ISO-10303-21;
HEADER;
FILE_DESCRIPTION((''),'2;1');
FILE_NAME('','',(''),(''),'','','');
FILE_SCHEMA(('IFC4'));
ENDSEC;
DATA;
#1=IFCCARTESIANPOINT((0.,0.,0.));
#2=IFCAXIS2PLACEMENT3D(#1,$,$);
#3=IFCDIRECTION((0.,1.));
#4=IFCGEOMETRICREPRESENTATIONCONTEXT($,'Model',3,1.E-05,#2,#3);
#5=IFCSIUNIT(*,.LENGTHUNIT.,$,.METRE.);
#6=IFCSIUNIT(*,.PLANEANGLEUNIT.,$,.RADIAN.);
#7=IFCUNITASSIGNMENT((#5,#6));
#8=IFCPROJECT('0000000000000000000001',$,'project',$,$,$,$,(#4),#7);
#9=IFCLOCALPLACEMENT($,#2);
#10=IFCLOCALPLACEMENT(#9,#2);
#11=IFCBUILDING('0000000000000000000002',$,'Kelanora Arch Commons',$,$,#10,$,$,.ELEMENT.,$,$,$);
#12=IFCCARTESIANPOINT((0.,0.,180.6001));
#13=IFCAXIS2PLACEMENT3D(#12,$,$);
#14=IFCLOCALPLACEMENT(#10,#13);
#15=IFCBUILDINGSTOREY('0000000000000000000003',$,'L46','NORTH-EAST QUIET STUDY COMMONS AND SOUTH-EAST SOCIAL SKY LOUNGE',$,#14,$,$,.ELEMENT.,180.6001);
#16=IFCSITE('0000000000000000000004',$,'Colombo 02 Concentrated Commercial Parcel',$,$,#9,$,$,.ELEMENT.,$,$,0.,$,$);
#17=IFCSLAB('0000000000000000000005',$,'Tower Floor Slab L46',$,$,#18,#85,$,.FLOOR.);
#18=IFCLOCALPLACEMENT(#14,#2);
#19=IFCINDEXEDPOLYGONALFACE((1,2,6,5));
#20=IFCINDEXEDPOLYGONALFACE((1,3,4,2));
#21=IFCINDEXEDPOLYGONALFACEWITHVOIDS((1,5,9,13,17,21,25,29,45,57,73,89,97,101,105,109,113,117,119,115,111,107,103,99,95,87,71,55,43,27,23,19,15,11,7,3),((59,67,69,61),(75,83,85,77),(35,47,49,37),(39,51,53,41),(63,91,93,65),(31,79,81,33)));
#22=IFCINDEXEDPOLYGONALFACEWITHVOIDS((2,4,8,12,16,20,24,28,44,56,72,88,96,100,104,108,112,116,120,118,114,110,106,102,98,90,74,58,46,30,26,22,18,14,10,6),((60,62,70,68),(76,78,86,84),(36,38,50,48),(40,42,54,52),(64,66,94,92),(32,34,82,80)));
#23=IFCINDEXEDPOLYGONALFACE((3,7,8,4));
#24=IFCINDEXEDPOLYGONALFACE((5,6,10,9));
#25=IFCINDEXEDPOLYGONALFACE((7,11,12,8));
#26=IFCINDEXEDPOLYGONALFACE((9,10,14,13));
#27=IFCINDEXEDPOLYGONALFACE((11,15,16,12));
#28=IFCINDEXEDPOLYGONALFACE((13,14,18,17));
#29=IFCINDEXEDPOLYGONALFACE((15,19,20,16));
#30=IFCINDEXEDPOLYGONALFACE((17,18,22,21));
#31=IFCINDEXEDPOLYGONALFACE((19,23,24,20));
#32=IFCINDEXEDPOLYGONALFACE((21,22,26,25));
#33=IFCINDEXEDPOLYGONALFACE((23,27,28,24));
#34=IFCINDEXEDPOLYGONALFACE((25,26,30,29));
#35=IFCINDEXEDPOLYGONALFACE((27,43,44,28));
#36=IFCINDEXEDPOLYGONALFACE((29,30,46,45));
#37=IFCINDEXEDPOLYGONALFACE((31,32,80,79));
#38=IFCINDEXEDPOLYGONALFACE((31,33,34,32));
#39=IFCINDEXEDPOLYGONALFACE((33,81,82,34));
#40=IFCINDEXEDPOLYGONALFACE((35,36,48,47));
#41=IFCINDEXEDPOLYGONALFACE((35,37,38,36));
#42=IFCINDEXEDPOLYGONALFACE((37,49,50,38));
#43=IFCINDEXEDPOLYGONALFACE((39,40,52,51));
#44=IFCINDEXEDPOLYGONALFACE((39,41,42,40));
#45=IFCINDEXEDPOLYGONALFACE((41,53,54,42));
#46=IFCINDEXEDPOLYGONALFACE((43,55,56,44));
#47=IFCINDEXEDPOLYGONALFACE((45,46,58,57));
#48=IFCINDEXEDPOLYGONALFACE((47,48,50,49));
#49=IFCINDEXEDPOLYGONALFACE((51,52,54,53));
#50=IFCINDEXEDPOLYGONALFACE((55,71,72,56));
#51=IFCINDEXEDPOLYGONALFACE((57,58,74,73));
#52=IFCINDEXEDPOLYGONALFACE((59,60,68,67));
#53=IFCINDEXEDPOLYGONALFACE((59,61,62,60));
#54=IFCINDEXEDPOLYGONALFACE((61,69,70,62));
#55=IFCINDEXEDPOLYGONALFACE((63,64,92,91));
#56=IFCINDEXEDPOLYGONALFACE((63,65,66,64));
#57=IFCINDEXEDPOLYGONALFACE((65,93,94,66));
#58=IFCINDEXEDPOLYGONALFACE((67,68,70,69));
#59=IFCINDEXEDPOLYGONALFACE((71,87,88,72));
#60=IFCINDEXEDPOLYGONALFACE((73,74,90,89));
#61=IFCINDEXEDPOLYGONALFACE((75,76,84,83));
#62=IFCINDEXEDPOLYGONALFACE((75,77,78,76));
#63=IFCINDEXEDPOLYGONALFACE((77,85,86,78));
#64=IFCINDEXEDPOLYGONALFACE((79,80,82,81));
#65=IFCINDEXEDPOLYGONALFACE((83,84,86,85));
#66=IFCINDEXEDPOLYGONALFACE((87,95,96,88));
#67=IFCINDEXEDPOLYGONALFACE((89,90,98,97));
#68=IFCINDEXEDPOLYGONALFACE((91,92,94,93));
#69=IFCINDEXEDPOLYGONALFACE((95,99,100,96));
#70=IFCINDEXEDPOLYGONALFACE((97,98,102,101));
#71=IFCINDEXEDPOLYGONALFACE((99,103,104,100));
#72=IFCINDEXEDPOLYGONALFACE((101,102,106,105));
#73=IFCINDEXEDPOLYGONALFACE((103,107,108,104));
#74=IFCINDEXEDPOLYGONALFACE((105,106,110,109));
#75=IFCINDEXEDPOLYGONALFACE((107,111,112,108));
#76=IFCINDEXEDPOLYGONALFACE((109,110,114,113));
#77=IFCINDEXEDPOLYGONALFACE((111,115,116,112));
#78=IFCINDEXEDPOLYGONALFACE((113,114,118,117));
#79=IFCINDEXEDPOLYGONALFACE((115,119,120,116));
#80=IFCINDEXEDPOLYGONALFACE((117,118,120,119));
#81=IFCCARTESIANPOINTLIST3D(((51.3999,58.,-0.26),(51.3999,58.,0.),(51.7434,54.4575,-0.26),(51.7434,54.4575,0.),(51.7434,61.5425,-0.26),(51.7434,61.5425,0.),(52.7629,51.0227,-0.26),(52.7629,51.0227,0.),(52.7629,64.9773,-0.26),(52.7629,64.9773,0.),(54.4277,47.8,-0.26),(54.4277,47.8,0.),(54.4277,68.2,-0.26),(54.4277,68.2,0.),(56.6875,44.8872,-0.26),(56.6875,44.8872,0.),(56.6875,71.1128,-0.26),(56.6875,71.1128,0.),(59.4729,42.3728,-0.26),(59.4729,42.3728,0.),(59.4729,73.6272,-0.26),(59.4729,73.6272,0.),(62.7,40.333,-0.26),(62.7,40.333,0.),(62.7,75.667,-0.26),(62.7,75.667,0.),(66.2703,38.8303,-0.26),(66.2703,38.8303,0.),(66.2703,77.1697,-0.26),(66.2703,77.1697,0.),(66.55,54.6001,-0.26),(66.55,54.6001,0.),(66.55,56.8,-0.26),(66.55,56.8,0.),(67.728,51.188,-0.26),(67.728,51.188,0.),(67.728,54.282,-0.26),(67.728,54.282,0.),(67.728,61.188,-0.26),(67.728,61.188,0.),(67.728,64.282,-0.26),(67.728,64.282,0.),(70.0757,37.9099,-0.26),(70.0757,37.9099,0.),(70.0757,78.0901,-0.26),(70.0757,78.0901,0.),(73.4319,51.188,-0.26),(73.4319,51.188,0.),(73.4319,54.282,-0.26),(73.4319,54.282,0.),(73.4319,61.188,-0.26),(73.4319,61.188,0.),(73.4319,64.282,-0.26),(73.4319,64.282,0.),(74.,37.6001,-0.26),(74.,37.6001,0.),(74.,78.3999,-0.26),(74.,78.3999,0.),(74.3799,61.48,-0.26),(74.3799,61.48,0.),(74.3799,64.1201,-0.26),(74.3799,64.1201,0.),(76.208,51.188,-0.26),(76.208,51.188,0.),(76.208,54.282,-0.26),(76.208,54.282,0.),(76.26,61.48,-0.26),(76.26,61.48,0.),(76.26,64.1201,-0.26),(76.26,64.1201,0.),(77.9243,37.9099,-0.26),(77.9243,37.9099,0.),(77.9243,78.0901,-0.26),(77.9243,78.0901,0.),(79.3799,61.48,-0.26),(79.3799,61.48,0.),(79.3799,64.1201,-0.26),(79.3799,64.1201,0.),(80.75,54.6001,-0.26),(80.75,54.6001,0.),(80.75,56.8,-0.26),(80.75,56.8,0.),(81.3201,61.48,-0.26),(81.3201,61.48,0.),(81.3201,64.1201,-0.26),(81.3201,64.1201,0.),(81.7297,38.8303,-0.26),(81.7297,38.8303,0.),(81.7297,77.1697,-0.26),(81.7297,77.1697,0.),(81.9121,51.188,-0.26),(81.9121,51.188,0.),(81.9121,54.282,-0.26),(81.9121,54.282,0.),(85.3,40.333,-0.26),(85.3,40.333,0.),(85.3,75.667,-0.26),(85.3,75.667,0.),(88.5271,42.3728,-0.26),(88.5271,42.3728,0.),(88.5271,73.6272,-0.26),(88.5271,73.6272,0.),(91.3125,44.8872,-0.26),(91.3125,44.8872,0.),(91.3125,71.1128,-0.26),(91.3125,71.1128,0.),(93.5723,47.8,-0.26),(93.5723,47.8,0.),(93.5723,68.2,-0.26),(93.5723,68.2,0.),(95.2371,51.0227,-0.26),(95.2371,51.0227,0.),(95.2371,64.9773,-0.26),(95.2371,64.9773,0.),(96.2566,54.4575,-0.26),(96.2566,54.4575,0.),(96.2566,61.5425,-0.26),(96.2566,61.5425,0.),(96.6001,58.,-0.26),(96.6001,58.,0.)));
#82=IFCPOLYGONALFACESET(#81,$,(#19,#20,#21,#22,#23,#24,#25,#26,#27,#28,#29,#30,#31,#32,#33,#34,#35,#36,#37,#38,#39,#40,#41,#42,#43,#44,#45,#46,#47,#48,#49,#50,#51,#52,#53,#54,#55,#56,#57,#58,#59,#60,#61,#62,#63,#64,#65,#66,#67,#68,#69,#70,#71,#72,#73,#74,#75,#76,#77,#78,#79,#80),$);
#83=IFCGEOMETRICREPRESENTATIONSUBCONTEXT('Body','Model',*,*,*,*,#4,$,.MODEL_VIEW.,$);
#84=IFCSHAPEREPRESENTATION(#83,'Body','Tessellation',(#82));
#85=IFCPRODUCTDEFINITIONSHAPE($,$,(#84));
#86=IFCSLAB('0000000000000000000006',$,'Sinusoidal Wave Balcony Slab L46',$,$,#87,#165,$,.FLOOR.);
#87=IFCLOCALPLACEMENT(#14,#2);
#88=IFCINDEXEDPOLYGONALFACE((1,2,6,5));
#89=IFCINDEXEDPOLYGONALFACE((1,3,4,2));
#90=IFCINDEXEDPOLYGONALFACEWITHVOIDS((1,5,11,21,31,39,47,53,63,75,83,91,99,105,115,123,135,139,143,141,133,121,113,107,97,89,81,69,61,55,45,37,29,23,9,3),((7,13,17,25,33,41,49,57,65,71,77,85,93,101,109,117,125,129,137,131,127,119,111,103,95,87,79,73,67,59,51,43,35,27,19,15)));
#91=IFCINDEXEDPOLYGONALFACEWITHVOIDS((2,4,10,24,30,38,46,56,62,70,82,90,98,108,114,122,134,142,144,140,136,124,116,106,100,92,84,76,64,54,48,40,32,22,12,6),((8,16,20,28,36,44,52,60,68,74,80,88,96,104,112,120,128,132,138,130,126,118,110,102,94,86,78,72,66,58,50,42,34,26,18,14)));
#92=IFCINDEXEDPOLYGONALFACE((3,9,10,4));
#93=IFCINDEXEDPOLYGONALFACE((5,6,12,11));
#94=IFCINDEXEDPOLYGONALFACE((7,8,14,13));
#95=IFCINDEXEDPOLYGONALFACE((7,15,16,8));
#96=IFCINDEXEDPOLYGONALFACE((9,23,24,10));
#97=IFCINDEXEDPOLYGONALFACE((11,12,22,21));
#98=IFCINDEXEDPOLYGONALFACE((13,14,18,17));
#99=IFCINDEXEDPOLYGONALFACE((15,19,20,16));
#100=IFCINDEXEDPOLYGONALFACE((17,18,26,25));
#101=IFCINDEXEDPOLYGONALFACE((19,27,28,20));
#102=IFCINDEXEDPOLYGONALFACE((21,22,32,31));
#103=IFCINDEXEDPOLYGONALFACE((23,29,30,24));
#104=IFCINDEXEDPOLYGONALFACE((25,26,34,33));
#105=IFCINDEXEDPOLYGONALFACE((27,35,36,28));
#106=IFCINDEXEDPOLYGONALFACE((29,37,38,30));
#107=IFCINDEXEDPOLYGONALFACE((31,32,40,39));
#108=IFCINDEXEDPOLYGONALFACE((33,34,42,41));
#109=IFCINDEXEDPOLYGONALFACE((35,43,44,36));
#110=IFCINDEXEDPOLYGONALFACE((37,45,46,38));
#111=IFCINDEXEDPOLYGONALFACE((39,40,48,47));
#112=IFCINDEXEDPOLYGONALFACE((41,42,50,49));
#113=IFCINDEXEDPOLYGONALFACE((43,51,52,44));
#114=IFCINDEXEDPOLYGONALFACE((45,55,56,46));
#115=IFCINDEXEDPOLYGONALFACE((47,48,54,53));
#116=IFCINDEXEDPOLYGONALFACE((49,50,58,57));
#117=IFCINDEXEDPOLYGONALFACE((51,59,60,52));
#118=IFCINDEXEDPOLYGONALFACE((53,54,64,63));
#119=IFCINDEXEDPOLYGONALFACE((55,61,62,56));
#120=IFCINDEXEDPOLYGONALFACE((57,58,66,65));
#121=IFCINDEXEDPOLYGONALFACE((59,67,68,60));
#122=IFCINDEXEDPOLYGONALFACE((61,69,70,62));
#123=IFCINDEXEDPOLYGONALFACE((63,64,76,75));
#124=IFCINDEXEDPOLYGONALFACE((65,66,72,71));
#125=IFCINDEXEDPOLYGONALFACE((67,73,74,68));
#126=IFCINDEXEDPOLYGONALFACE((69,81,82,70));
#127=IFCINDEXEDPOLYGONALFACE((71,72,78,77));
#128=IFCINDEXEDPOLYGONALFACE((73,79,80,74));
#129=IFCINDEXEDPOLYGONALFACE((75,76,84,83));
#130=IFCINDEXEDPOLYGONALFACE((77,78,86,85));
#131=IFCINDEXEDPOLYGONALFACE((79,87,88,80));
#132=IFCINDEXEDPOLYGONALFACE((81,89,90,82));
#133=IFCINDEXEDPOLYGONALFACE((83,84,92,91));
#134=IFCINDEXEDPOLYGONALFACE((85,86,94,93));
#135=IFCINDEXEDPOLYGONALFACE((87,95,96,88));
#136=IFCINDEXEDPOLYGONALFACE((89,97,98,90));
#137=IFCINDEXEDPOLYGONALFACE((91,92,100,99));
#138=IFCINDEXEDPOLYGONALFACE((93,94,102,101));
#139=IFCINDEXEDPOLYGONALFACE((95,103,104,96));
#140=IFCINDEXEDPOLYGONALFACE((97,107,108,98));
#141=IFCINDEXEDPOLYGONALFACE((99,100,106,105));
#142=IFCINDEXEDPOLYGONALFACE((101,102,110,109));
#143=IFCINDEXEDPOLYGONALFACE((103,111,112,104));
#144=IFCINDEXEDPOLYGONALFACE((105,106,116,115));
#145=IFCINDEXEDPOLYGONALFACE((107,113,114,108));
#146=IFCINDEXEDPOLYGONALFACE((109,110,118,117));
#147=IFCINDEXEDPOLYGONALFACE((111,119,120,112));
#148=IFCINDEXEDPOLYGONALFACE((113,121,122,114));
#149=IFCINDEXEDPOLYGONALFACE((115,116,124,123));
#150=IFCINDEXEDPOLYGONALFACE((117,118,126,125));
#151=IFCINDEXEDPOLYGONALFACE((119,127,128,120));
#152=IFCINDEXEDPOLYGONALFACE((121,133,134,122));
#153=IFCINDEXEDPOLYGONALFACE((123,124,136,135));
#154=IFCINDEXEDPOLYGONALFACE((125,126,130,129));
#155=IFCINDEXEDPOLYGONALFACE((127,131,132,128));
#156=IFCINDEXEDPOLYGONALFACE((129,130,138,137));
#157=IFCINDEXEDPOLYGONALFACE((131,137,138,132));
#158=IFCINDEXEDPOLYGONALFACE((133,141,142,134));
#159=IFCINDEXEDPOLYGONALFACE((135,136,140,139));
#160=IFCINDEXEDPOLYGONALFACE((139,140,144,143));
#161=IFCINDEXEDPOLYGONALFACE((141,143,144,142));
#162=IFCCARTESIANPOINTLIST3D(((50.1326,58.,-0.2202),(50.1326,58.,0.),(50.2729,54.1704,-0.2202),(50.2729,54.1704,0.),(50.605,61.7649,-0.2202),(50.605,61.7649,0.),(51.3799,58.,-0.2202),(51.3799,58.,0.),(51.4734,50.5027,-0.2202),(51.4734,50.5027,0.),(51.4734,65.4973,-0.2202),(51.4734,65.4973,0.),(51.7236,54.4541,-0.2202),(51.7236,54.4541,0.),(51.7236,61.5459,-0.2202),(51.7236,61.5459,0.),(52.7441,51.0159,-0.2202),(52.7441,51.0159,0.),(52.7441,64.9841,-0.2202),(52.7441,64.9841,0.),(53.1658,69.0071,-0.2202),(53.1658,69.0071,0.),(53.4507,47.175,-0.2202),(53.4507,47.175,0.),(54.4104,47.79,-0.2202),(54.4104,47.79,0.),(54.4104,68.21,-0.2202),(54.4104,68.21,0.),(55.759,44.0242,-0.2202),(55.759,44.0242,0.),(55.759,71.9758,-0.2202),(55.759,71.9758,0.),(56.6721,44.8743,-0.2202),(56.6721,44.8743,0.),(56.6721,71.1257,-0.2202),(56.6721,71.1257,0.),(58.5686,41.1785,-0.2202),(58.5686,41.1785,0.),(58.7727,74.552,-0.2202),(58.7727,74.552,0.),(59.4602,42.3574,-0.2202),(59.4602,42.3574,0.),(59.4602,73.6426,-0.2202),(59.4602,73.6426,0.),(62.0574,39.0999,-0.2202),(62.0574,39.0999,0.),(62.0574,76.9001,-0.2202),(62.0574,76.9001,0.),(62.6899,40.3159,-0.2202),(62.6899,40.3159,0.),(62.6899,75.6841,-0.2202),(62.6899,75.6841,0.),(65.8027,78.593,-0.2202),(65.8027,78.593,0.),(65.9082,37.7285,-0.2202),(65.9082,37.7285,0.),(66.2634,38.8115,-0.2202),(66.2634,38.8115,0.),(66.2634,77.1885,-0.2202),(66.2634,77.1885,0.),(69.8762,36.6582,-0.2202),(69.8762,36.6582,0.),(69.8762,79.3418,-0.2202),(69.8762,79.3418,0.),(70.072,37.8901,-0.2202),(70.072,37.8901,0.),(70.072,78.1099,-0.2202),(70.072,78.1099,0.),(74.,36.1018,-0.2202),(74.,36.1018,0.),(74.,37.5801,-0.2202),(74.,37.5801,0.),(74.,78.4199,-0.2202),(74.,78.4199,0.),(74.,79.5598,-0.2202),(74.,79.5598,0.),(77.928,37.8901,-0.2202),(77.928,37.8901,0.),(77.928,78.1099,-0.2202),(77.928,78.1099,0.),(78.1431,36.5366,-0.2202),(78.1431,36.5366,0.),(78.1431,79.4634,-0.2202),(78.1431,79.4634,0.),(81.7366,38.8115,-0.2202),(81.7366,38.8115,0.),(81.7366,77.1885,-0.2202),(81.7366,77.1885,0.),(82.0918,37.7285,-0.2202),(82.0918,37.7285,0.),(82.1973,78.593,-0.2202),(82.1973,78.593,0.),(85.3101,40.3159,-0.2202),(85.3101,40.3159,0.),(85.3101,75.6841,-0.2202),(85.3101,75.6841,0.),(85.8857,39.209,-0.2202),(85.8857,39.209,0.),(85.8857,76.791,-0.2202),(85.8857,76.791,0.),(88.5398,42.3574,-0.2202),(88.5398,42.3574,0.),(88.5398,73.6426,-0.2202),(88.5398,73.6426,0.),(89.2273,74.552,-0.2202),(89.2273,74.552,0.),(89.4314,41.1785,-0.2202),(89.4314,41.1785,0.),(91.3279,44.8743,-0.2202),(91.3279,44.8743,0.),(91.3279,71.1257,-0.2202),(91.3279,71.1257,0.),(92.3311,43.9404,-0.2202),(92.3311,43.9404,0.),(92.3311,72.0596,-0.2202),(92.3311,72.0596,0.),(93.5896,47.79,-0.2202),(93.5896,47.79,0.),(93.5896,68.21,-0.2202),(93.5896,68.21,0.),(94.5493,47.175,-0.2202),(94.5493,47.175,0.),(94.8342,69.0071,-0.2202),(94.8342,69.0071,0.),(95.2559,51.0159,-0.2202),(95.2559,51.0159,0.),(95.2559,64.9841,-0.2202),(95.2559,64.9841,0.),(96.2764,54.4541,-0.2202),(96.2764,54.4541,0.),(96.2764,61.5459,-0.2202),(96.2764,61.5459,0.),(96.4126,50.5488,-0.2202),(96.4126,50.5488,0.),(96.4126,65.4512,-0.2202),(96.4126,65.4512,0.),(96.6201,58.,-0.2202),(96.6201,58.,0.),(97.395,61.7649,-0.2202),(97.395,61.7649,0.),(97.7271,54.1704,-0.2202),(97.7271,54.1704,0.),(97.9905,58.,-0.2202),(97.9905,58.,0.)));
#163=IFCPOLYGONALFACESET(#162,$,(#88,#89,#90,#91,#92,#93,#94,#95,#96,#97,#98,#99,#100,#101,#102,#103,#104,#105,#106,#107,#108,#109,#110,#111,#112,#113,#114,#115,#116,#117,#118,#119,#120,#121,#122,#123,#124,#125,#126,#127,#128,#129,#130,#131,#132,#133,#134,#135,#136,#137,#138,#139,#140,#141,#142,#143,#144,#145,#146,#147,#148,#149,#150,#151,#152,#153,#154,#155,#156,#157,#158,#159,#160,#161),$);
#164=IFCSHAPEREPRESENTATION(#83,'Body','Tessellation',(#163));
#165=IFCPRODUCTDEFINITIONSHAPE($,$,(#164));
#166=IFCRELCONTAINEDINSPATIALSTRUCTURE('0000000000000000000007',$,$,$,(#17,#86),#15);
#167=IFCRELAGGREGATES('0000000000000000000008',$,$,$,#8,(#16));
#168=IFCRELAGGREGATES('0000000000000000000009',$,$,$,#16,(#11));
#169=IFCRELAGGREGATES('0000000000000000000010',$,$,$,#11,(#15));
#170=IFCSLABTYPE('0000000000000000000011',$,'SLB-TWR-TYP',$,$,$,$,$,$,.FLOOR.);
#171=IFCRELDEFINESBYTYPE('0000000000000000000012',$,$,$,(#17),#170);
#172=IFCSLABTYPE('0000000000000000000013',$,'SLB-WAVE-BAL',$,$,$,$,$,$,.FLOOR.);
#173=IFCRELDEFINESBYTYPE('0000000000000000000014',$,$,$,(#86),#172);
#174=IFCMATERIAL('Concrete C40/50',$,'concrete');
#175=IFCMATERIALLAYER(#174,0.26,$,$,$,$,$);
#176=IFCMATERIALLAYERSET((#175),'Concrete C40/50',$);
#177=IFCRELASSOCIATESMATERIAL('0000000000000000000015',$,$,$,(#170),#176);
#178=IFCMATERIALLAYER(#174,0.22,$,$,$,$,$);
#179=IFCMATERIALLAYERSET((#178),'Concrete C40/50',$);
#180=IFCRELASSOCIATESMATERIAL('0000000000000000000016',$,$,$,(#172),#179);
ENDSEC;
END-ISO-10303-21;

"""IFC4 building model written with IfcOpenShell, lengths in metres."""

from ifc_helpers import new_model, si_unit, direction, frame, origin, place, context, subcontext, project, spatial, polyline, outline, extrude, material, layer, layer_set, type_object, element, save


model = new_model("IFC4")

# Units and contexts
model_context = context("Model", 3, precision=1e-05, world=origin(), true_north=direction((0.0, 1.0)))
body_context = subcontext(model_context, "Body", "Model", "MODEL_VIEW")
ifc_project = project(units=[si_unit("LENGTHUNIT", "METRE"), si_unit("PLANEANGLEUNIT", "RADIAN")], contexts=[model_context])

# Site, building, storey
site_placement = place(None, origin())
site = spatial("IfcSite", under=ifc_project, at=site_placement, Name="Colombo 02 Concentrated Commercial Parcel", CompositionType="ELEMENT", RefElevation=0.0)
building_placement = place(site_placement, origin())
building = spatial("IfcBuilding", under=site, at=building_placement, Name="Kelanora Arch Commons", CompositionType="ELEMENT")
storey_placement = place(building_placement, frame((0.0, 0.0, 180.6001)))
storey = spatial("IfcBuildingStorey", under=building, at=storey_placement, Name="L46", Description="NORTH-EAST QUIET STUDY COMMONS AND SOUTH-EAST SOCIAL SKY LOUNGE", CompositionType="ELEMENT", Elevation=180.6001)

# Shared definitions
ifc_material_1 = material(Name="Concrete C40/50", Category="concrete")

# Slabs
ifc_layer_1 = layer(ifc_material_1, 0.26)
ifc_layer_set_1 = layer_set([ifc_layer_1], Name="Concrete C40/50")
slab_type_1 = type_object("IfcSlabType", Name="SLB-TWR-TYP", PredefinedType="FLOOR", material=ifc_layer_set_1)
slab_1_placement = place(storey_placement, frame((0.0, 0.0, -0.26)))
element("IfcSlab", 1, at=slab_1_placement, inside=storey, type_object=slab_type_1, Name="Tower Floor Slab L46", PredefinedType="FLOOR", context=body_context, shape_type="SweptSolid", body=[
    extrude(outline(polyline([(96.6001, 58.0), (96.2566, 61.5425), (95.2371, 64.9773), (93.5723, 68.2), (91.3125, 71.1128), (88.5271, 73.6272), (85.3, 75.667), (81.7297, 77.1697), (77.9243, 78.0901), (74.0, 78.3999), (70.0757, 78.0901), (66.2703, 77.1697), (62.7, 75.667), (59.4729, 73.6272), (56.6875, 71.1128), (54.4277, 68.2), (52.7629, 64.9773), (51.7434, 61.5425), (51.3999, 58.0), (51.7434, 54.4575), (52.7629, 51.0227), (54.4277, 47.8), (56.6875, 44.8872), (59.4729, 42.3728), (62.7, 40.333), (66.2703, 38.8303), (70.0757, 37.9099), (74.0, 37.6001), (77.9243, 37.9099), (81.7297, 38.8303), (85.3, 40.333), (88.5271, 42.3728), (91.3125, 44.8872), (93.5723, 47.8), (95.2371, 51.0227), (96.2566, 54.4575), (96.6001, 58.0)]), holes=[polyline([(73.4319, 51.188), (67.728, 51.188), (67.728, 54.282), (73.4319, 54.282), (73.4319, 51.188)]), polyline([(76.208, 51.188), (76.208, 54.282), (81.9121, 54.282), (81.9121, 51.188), (76.208, 51.188)]), polyline([(66.55, 54.6001), (66.55, 56.8), (80.75, 56.8), (80.75, 54.6001), (66.55, 54.6001)]), polyline([(73.4319, 61.188), (67.728, 61.188), (67.728, 64.282), (73.4319, 64.282), (73.4319, 61.188)]), polyline([(74.3799, 61.48), (74.3799, 64.1201), (76.26, 64.1201), (76.26, 61.48), (74.3799, 61.48)]), polyline([(79.3799, 61.48), (79.3799, 64.1201), (81.3201, 64.1201), (81.3201, 61.48), (79.3799, 61.48)])]), origin(), (0.0, 0.0, 1.0), 0.26),
])
ifc_layer_2 = layer(ifc_material_1, 0.22)
ifc_layer_set_2 = layer_set([ifc_layer_2], Name="Concrete C40/50")
slab_type_2 = type_object("IfcSlabType", Name="SLB-WAVE-BAL", PredefinedType="FLOOR", material=ifc_layer_set_2)
slab_2_placement = place(storey_placement, frame((0.0, 0.0, -0.2202)))
element("IfcSlab", 2, at=slab_2_placement, inside=storey, type_object=slab_type_2, Name="Sinusoidal Wave Balcony Slab L46", PredefinedType="FLOOR", context=body_context, shape_type="SweptSolid", body=[
    extrude(outline(polyline([(97.9905, 58.0), (97.395, 61.7649), (96.4126, 65.4512), (94.8342, 69.0071), (92.3311, 72.0596), (89.2273, 74.552), (85.8857, 76.791), (82.1973, 78.593), (78.1431, 79.4634), (74.0, 79.5598), (69.8762, 79.3418), (65.8027, 78.593), (62.0574, 76.9001), (58.7727, 74.552), (55.759, 71.9758), (53.1658, 69.0071), (51.4734, 65.4973), (50.605, 61.7649), (50.1326, 58.0), (50.2729, 54.1704), (51.4734, 50.5027), (53.4507, 47.175), (55.759, 44.0242), (58.5686, 41.1785), (62.0574, 39.0999), (65.9082, 37.7285), (69.8762, 36.6582), (74.0, 36.1018), (78.1431, 36.5366), (82.0918, 37.7285), (85.8857, 39.209), (89.4314, 41.1785), (92.3311, 43.9404), (94.5493, 47.175), (96.4126, 50.5488), (97.7271, 54.1704), (97.9905, 58.0)]), holes=[polyline([(96.2764, 54.4541), (95.2559, 51.0159), (93.5896, 47.79), (91.3279, 44.8743), (88.5398, 42.3574), (85.3101, 40.3159), (81.7366, 38.8115), (77.928, 37.8901), (74.0, 37.5801), (70.072, 37.8901), (66.2634, 38.8115), (62.6899, 40.3159), (59.4602, 42.3574), (56.6721, 44.8743), (54.4104, 47.79), (52.7441, 51.0159), (51.7236, 54.4541), (51.3799, 58.0), (51.7236, 61.5459), (52.7441, 64.9841), (54.4104, 68.21), (56.6721, 71.1257), (59.4602, 73.6426), (62.6899, 75.6841), (66.2634, 77.1885), (70.072, 78.1099), (74.0, 78.4199), (77.928, 78.1099), (81.7366, 77.1885), (85.3101, 75.6841), (88.5398, 73.6426), (91.3279, 71.1257), (93.5896, 68.21), (95.2559, 64.9841), (96.2764, 61.5459), (96.6201, 58.0), (96.2764, 54.4541)])]), origin(), (0.0, 0.0, 1.0), 0.2202),
])

save(model, "model.ifc")
